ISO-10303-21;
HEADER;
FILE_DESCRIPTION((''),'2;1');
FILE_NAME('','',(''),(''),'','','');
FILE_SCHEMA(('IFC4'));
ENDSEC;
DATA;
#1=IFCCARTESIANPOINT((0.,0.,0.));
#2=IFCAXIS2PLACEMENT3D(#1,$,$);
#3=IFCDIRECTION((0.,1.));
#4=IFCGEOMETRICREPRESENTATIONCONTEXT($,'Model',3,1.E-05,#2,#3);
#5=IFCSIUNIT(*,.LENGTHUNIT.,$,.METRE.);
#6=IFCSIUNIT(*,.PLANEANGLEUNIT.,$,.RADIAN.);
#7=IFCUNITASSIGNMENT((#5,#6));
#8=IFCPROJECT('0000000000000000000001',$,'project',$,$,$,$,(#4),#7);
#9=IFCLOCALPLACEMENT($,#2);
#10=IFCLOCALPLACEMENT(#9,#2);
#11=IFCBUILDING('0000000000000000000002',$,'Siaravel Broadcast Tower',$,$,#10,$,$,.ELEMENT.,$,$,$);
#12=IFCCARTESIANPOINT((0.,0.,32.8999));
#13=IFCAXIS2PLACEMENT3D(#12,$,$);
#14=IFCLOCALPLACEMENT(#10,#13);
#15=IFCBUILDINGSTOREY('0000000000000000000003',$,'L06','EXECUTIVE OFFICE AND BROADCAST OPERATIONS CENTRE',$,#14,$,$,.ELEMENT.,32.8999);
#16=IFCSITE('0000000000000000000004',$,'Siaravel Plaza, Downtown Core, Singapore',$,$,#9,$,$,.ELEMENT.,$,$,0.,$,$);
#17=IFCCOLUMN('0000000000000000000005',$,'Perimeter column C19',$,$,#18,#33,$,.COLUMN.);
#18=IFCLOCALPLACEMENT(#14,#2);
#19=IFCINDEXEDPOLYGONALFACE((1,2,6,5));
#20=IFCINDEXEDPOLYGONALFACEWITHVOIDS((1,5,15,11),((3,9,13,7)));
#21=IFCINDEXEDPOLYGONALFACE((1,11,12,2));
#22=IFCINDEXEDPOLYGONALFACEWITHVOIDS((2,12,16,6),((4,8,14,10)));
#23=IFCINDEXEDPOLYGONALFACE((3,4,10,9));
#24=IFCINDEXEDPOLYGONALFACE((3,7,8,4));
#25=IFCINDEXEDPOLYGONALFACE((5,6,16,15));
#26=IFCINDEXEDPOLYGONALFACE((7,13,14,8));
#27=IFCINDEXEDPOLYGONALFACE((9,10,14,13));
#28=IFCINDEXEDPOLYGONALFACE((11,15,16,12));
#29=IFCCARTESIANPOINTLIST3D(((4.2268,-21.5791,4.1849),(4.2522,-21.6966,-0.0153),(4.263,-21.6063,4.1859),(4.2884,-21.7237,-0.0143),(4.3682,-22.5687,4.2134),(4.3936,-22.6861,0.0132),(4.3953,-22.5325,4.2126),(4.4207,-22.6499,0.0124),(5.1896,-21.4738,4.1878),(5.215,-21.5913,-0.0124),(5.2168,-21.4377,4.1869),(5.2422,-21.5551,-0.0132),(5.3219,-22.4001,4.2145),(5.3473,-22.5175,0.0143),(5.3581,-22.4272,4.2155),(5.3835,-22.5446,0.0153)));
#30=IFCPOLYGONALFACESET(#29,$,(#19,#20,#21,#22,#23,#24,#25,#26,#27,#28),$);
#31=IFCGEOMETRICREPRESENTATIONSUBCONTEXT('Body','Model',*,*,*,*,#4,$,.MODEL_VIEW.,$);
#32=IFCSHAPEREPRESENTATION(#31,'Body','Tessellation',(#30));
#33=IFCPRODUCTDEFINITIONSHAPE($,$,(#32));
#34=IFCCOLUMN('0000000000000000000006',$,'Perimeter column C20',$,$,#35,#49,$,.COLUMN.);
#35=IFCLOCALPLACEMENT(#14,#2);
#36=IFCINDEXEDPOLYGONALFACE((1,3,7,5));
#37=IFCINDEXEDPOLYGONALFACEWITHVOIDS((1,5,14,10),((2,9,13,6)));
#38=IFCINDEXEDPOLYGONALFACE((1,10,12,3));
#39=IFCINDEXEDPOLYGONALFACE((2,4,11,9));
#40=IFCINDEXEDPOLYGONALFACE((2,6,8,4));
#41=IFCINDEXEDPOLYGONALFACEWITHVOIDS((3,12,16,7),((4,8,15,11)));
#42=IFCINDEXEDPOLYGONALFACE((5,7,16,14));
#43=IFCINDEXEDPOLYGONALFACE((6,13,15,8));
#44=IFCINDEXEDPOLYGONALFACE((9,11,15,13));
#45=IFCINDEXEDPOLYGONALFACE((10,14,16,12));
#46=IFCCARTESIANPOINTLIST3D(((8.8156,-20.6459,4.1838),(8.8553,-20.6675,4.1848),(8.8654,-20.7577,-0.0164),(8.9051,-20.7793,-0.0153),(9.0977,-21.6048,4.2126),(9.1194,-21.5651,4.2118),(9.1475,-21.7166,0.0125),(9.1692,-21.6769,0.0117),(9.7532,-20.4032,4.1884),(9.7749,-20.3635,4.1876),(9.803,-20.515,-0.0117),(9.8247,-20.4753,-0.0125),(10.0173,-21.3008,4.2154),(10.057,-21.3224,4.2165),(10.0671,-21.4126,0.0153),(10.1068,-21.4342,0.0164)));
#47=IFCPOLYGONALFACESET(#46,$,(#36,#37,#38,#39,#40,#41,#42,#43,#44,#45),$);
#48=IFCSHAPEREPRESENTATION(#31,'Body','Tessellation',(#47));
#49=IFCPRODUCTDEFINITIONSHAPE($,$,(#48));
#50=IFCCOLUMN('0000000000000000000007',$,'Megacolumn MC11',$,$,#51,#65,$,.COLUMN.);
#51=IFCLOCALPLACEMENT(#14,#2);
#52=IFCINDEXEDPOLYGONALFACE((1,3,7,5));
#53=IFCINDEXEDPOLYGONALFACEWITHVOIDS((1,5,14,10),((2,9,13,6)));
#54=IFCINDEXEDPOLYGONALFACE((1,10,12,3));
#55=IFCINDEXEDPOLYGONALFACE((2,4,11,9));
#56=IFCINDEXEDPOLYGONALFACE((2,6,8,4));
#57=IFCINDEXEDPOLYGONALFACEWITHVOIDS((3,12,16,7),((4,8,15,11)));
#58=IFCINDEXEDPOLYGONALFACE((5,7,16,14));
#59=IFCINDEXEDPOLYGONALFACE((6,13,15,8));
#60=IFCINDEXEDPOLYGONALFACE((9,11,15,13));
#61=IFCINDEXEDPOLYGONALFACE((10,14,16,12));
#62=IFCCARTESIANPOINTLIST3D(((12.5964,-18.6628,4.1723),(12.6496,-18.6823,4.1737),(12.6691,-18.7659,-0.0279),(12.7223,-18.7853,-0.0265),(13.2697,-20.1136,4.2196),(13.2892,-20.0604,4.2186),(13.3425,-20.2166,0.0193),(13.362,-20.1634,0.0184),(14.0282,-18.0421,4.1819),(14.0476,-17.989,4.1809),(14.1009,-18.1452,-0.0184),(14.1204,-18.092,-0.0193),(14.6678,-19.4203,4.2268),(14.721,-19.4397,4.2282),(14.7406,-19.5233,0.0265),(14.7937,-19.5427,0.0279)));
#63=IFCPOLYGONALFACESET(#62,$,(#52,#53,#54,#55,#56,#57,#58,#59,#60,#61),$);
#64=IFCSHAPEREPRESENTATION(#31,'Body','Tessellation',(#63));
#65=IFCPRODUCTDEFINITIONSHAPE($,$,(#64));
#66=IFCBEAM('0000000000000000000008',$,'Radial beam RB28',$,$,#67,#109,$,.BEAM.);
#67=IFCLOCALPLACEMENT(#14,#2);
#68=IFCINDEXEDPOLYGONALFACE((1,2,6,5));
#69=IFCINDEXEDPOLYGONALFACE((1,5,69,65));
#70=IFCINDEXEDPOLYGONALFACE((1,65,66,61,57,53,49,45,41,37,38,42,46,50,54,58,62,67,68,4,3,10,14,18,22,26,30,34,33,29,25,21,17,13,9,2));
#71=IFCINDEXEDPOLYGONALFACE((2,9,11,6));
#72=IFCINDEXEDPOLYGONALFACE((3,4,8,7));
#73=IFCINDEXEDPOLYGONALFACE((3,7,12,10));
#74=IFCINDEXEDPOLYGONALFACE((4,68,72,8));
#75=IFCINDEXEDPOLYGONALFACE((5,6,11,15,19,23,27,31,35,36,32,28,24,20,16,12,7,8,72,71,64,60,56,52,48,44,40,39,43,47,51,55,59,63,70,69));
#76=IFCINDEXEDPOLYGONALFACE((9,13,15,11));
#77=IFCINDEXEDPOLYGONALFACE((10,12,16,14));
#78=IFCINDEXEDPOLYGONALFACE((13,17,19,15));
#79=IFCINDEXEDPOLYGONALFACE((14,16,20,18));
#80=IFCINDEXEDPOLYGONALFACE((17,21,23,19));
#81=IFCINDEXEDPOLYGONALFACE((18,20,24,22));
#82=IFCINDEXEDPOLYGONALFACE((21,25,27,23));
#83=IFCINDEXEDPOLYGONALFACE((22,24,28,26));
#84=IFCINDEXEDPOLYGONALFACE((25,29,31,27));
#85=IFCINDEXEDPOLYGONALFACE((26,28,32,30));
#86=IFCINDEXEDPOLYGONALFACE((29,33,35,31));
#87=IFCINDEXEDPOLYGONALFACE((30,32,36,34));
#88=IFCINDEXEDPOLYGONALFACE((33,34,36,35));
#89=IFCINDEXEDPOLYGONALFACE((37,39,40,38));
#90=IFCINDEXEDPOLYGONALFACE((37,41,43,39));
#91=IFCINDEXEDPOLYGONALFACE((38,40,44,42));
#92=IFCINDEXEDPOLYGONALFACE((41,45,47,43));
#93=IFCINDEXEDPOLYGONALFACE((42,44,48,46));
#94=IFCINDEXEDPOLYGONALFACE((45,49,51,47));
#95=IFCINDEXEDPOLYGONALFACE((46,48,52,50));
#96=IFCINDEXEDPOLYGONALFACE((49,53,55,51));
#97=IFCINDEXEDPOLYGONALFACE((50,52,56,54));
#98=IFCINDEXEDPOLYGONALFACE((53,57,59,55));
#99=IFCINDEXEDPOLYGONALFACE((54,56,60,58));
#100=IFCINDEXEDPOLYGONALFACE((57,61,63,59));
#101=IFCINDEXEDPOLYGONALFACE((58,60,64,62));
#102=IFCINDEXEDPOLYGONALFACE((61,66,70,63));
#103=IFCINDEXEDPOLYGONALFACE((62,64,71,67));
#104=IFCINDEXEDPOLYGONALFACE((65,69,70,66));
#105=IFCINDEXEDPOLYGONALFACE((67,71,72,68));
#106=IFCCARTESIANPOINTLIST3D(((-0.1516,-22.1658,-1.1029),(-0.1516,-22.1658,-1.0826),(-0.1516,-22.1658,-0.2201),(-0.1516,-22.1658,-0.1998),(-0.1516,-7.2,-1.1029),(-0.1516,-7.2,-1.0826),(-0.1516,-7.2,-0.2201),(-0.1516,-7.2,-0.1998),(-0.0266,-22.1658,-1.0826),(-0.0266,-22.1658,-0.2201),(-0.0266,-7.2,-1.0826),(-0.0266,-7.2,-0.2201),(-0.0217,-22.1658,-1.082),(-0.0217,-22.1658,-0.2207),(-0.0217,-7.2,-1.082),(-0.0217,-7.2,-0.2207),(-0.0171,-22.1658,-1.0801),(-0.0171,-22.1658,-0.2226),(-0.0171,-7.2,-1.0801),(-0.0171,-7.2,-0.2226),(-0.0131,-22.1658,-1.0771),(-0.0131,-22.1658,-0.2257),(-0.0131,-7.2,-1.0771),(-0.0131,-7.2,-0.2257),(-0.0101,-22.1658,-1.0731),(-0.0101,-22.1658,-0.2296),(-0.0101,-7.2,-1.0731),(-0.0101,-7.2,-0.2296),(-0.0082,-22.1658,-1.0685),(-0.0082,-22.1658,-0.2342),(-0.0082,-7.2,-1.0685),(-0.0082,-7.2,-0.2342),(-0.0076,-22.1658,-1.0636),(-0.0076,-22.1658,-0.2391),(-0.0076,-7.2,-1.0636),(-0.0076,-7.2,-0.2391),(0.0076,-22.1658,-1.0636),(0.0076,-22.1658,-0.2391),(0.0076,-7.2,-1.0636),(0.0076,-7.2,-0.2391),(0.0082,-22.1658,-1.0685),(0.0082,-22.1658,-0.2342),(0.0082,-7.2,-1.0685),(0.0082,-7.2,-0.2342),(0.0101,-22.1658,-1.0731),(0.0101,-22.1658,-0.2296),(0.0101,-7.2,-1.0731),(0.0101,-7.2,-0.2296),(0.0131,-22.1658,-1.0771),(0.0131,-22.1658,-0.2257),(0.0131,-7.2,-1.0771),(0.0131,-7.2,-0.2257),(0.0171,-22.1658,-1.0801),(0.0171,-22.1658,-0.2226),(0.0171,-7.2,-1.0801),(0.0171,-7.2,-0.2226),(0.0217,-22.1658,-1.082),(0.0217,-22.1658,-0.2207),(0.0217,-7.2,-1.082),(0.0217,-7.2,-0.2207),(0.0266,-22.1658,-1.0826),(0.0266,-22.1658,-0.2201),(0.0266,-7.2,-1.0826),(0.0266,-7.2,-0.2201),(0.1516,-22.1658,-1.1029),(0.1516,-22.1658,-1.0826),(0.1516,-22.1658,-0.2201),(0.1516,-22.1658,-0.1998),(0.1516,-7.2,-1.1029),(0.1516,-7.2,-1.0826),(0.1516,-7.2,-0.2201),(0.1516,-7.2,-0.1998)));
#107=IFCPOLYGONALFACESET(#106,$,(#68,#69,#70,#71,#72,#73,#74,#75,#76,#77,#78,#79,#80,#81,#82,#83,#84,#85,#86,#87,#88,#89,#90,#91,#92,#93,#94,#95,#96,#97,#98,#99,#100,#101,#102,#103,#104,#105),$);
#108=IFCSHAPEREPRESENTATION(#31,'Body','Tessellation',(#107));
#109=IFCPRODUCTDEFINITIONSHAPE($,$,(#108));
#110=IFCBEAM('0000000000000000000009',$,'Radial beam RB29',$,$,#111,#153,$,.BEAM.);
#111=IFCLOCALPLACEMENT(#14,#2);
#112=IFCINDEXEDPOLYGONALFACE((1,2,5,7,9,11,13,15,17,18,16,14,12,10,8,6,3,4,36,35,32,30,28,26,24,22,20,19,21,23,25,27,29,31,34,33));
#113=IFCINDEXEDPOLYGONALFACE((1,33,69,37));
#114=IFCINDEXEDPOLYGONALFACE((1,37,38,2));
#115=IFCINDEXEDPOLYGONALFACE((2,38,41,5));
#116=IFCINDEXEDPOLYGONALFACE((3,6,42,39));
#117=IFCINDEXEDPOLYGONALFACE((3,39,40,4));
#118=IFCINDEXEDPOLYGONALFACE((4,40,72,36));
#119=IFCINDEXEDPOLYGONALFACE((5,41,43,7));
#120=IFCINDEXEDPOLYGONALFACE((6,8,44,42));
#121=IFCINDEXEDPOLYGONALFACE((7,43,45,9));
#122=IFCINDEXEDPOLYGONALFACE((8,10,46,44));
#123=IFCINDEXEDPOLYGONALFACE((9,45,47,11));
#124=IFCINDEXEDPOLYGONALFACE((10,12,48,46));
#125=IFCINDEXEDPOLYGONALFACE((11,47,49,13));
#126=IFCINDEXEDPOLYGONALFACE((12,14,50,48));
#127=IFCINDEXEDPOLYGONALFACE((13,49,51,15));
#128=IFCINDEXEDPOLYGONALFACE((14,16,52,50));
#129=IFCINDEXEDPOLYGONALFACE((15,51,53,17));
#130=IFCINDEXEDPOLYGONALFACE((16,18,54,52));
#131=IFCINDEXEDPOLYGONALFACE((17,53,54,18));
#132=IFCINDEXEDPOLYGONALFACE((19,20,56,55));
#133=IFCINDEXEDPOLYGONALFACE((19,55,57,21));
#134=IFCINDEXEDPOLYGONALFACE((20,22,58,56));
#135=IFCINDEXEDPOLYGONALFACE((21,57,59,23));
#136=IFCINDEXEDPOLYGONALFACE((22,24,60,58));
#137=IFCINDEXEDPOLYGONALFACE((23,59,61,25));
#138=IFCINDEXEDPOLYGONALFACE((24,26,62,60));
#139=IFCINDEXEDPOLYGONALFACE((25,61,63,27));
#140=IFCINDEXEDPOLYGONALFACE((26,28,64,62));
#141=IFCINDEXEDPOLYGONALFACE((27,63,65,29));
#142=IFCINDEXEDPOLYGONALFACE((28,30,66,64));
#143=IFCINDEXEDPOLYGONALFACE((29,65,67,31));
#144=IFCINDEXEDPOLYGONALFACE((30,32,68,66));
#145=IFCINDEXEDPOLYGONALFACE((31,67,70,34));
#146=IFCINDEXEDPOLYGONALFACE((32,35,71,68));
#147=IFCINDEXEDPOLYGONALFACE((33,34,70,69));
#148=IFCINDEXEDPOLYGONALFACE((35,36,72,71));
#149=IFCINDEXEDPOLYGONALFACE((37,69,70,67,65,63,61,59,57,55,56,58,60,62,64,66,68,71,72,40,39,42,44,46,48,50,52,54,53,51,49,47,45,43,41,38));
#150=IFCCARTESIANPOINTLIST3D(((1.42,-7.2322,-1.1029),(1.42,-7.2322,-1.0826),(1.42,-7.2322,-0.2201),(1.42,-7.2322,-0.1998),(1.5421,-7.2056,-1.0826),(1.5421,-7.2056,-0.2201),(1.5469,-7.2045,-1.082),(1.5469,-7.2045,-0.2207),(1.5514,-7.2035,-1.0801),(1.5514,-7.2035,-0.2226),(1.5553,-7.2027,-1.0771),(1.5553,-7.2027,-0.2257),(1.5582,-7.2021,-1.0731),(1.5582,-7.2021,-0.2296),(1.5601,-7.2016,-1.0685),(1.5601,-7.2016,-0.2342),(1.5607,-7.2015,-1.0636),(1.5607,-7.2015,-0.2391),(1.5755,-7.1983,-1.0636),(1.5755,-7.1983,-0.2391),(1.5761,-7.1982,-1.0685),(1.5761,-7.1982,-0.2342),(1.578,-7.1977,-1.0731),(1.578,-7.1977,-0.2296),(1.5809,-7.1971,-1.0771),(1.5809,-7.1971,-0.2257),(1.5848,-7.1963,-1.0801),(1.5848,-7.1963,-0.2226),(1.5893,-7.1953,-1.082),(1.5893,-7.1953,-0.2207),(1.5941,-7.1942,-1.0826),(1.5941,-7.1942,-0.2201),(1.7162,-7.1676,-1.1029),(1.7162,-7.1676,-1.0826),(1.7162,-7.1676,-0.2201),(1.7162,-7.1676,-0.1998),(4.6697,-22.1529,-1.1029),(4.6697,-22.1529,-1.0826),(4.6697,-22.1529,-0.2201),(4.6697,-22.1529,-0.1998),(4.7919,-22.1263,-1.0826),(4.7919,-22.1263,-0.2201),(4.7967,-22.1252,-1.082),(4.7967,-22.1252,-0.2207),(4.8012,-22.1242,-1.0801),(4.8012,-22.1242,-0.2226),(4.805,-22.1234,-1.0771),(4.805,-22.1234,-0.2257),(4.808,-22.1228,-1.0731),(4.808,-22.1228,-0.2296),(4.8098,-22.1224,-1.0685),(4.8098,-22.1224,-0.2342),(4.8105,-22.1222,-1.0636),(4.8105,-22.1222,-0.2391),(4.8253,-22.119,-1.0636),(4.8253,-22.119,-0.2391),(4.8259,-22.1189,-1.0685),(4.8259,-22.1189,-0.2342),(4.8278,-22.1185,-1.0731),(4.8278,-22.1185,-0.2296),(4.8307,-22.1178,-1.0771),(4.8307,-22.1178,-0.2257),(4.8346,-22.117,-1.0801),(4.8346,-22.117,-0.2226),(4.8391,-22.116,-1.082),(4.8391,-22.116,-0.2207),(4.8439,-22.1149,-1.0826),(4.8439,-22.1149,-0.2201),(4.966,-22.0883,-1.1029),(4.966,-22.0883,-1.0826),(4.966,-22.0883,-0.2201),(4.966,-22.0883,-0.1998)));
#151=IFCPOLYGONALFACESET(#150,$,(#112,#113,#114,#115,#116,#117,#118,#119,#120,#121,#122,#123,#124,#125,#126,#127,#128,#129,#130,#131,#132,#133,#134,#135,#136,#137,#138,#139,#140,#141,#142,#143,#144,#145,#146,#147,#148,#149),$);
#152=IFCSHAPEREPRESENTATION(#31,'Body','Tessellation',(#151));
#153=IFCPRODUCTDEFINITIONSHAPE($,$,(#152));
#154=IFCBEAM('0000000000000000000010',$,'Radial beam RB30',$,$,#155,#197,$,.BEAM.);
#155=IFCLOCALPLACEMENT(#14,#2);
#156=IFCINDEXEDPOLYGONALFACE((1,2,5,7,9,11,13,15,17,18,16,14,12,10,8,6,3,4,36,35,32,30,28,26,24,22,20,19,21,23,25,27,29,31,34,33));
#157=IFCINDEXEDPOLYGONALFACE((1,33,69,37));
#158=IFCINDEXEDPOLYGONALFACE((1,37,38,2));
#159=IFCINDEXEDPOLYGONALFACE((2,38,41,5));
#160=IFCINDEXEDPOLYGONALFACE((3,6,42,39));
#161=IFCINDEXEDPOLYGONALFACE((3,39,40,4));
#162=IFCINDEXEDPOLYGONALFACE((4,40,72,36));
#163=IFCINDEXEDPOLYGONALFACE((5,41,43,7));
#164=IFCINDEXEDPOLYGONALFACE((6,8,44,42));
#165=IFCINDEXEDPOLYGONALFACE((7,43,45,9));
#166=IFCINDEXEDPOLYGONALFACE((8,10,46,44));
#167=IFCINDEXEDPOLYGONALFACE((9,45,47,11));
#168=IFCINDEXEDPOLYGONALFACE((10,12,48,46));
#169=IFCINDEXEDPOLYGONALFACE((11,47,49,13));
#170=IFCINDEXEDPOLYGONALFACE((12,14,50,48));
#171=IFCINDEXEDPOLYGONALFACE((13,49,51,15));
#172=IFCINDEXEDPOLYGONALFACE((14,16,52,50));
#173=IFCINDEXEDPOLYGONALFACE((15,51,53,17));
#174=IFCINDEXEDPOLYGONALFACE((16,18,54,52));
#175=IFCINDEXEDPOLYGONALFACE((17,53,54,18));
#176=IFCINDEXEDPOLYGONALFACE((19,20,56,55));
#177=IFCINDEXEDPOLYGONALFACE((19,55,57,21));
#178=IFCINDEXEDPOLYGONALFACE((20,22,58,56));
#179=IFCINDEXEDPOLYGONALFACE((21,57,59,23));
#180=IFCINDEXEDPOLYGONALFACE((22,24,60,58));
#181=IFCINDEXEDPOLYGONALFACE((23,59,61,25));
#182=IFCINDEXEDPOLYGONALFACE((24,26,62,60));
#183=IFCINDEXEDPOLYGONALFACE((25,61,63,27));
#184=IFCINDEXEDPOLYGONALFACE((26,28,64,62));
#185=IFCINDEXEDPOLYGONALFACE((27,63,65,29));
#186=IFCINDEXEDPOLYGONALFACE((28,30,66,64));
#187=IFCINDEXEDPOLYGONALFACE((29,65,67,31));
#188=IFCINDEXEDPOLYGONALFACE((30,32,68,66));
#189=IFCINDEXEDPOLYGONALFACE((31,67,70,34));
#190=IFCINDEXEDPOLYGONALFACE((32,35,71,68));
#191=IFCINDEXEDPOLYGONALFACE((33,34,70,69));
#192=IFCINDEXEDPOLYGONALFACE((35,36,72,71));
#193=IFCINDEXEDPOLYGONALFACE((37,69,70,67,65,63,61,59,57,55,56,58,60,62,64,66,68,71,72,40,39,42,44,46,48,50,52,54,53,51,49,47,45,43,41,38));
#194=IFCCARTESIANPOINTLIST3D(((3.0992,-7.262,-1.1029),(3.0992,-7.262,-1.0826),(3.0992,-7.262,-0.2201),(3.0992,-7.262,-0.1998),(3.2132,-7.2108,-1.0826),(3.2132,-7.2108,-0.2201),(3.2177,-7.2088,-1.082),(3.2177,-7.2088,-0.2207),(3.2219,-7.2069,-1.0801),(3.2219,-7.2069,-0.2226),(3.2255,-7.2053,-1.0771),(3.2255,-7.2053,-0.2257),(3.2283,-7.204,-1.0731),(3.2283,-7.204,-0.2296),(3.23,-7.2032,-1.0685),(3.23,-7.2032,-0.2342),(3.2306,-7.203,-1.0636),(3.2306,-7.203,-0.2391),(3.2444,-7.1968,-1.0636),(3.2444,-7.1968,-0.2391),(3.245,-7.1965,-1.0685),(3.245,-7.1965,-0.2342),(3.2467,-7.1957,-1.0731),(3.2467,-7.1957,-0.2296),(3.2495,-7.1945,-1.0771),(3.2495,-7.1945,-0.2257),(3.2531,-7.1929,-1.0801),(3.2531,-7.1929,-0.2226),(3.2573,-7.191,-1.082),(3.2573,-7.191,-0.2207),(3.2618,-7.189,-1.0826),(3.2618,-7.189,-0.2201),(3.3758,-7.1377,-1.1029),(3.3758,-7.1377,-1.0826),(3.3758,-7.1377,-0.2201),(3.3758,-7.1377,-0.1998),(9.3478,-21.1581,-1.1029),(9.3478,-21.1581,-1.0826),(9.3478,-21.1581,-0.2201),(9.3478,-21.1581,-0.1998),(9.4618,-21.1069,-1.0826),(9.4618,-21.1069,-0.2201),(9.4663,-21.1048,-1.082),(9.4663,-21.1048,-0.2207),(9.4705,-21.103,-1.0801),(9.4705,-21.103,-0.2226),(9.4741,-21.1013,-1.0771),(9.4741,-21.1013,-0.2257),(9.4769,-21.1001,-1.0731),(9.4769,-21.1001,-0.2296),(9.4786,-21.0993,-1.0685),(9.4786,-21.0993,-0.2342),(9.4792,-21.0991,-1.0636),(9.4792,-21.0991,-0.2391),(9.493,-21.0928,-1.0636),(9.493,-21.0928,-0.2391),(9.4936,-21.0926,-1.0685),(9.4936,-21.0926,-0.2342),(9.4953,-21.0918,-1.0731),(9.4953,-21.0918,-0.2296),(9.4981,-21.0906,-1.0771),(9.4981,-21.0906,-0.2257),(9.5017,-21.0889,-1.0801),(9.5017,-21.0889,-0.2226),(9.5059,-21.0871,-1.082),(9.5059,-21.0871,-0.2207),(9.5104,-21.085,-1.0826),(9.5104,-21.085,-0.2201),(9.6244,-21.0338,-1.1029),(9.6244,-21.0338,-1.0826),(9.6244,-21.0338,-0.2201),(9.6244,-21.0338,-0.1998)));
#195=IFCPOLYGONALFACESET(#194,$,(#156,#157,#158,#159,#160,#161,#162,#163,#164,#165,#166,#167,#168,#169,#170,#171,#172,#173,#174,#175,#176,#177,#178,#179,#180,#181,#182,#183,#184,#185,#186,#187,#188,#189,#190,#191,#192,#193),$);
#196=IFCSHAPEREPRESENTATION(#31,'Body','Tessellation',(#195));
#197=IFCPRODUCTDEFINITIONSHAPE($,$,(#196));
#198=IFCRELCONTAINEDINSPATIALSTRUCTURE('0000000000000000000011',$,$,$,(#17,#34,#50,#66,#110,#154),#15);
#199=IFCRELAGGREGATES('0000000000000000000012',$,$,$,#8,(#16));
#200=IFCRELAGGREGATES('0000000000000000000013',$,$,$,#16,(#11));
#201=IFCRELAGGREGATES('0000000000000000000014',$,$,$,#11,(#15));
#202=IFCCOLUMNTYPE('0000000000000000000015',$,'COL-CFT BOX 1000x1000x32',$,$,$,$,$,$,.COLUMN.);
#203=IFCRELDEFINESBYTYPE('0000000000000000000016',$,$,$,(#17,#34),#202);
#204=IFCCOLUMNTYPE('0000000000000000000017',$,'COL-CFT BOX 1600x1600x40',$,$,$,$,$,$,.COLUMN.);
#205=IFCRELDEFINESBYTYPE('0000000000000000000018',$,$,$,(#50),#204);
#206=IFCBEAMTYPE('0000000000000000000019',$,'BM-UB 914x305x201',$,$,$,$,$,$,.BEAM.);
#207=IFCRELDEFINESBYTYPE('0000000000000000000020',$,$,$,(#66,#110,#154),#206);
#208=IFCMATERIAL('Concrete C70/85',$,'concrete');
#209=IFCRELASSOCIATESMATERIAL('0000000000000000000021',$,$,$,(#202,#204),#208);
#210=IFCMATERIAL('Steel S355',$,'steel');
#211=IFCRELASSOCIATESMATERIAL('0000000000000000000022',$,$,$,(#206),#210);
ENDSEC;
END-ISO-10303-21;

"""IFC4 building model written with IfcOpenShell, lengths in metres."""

from ifc_helpers import new_model, si_unit, direction, frame, origin, origin_2d, place, context, subcontext, project, spatial, hollow_rectangle, i_section, extrude, material, material_profile, profile_set, type_object, element, save


model = new_model("IFC4")

# Units and contexts
model_context = context("Model", 3, precision=1e-05, world=origin(), true_north=direction((0.0, 1.0)))
body_context = subcontext(model_context, "Body", "Model", "MODEL_VIEW")
ifc_project = project(units=[si_unit("LENGTHUNIT", "METRE"), si_unit("PLANEANGLEUNIT", "RADIAN")], contexts=[model_context])

# Site, building, storey
site_placement = place(None, origin())
site = spatial("IfcSite", under=ifc_project, at=site_placement, Name="Siaravel Plaza, Downtown Core, Singapore", CompositionType="ELEMENT", RefElevation=0.0)
building_placement = place(site_placement, origin())
building = spatial("IfcBuilding", under=site, at=building_placement, Name="Siaravel Broadcast Tower", CompositionType="ELEMENT")
storey_placement = place(building_placement, frame((0.0, 0.0, 32.8999)))
storey = spatial("IfcBuildingStorey", under=building, at=storey_placement, Name="L06", Description="EXECUTIVE OFFICE AND BROADCAST OPERATIONS CENTRE", CompositionType="ELEMENT", Elevation=32.8999)

# Columns
ifc_material_1 = material(Name="Concrete C70/85", Category="concrete")
ifc_material_profile_1 = material_profile(ifc_material_1, hollow_rectangle(XDim=1.0, YDim=1.0, WallThickness=0.032, at=origin_2d()))
ifc_profile_set_1 = profile_set([ifc_material_profile_1], Name="Concrete C70/85")
column_type_1 = type_object("IfcColumnType", Name="COL-CFT BOX 1000x1000x32", PredefinedType="COLUMN", material=ifc_profile_set_1)
for number, where, z_axis, x_axis, name in (
    (1, (4.8179, -22.1206, 0.0), (-0.006043, 0.027947, 0.999591), (-0.98994, -0.141473, -0.002029), "Perimeter column C19"),
    (2, (9.4861, -21.0959, 0.0), (-0.011853, 0.02661, 0.999576), (-0.959297, -0.282374, -0.003858), "Perimeter column C20"),
):
    element("IfcColumn", number, at=place(storey_placement, frame(where, z_axis=z_axis, x_axis=x_axis)), inside=storey, type_object=column_type_1, Name=name, PredefinedType="COLUMN", context=body_context, shape_type="SweptSolid", body=[
        extrude(hollow_rectangle(XDim=1.0, YDim=1.0, WallThickness=0.032, at=origin_2d()), origin(), (0.0, 0.0, 1.0), 4.2019),
    ])
ifc_material_profile_2 = material_profile(ifc_material_1, hollow_rectangle(XDim=1.6001, YDim=1.6001, WallThickness=0.04, at=origin_2d()))
ifc_profile_set_2 = profile_set([ifc_material_profile_2], Name="Concrete C70/85")
column_type_2 = type_object("IfcColumnType", Name="COL-CFT BOX 1600x1600x40", PredefinedType="COLUMN", material=ifc_profile_set_2)
column_placement = place(storey_placement, frame((13.7314, -19.1543, 0.0), z_axis=(-0.017314, 0.024518, 0.999549), x_axis=(-0.906981, -0.421137, -0.00538)))
element("IfcColumn", 3, at=column_placement, inside=storey, type_object=column_type_2, Name="Megacolumn MC11", PredefinedType="COLUMN", context=body_context, shape_type="SweptSolid", body=[
    extrude(hollow_rectangle(XDim=1.6001, YDim=1.6001, WallThickness=0.04, at=origin_2d()), origin(), (0.0, 0.0, 1.0), 4.2021),
])

# Beams
ifc_material_2 = material(Name="Steel S355", Category="steel")
ifc_material_profile_3 = material_profile(ifc_material_2, i_section(OverallWidth=0.3032, OverallDepth=0.9031, WebThickness=0.0151, FlangeThickness=0.0203, FilletRadius=0.019, at=origin_2d()))
ifc_profile_set_3 = profile_set([ifc_material_profile_3], Name="Steel S355")
beam_type = type_object("IfcBeamType", Name="BM-UB 914x305x201", PredefinedType="BEAM", material=ifc_profile_set_3)
beam_1_placement = place(storey_placement, frame((0.0, -22.1658, -0.6514), z_axis=(0.0, 1.0, 0.0), x_axis=(-1.0, 0.0, 0.0)))
element("IfcBeam", 4, at=beam_1_placement, inside=storey, type_object=beam_type, Name="Radial beam RB28", PredefinedType="BEAM", context=body_context, shape_type="SweptSolid", body=[
    extrude(i_section(OverallWidth=0.3032, OverallDepth=0.9031, WebThickness=0.0151, FlangeThickness=0.0203, FilletRadius=0.019, at=origin_2d()), origin(), (0.0, 0.0, 1.0), 14.9658),
])
beam_2_placement = place(storey_placement, frame((4.8179, -22.1206, -0.6514), z_axis=(-0.212813, 0.977093, 0.0), x_axis=(-0.977093, -0.212813, 0.0)))
element("IfcBeam", 5, at=beam_2_placement, inside=storey, type_object=beam_type, Name="Radial beam RB29", PredefinedType="BEAM", context=body_context, shape_type="SweptSolid", body=[
    extrude(i_section(OverallWidth=0.3032, OverallDepth=0.9031, WebThickness=0.0151, FlangeThickness=0.0203, FilletRadius=0.019, at=origin_2d()), origin(), (0.0, 0.0, 1.0), 15.2705),
])
beam_3_placement = place(storey_placement, frame((9.4861, -21.0959, -0.6514), z_axis=(-0.41011, 0.912036, 0.0), x_axis=(-0.912036, -0.41011, 0.0)))
element("IfcBeam", 6, at=beam_3_placement, inside=storey, type_object=beam_type, Name="Radial beam RB30", PredefinedType="BEAM", context=body_context, shape_type="SweptSolid", body=[
    extrude(i_section(OverallWidth=0.3032, OverallDepth=0.9031, WebThickness=0.0151, FlangeThickness=0.0203, FilletRadius=0.019, at=origin_2d()), origin(), (0.0, 0.0, 1.0), 15.2363),
])

save(model, "model.ifc")
